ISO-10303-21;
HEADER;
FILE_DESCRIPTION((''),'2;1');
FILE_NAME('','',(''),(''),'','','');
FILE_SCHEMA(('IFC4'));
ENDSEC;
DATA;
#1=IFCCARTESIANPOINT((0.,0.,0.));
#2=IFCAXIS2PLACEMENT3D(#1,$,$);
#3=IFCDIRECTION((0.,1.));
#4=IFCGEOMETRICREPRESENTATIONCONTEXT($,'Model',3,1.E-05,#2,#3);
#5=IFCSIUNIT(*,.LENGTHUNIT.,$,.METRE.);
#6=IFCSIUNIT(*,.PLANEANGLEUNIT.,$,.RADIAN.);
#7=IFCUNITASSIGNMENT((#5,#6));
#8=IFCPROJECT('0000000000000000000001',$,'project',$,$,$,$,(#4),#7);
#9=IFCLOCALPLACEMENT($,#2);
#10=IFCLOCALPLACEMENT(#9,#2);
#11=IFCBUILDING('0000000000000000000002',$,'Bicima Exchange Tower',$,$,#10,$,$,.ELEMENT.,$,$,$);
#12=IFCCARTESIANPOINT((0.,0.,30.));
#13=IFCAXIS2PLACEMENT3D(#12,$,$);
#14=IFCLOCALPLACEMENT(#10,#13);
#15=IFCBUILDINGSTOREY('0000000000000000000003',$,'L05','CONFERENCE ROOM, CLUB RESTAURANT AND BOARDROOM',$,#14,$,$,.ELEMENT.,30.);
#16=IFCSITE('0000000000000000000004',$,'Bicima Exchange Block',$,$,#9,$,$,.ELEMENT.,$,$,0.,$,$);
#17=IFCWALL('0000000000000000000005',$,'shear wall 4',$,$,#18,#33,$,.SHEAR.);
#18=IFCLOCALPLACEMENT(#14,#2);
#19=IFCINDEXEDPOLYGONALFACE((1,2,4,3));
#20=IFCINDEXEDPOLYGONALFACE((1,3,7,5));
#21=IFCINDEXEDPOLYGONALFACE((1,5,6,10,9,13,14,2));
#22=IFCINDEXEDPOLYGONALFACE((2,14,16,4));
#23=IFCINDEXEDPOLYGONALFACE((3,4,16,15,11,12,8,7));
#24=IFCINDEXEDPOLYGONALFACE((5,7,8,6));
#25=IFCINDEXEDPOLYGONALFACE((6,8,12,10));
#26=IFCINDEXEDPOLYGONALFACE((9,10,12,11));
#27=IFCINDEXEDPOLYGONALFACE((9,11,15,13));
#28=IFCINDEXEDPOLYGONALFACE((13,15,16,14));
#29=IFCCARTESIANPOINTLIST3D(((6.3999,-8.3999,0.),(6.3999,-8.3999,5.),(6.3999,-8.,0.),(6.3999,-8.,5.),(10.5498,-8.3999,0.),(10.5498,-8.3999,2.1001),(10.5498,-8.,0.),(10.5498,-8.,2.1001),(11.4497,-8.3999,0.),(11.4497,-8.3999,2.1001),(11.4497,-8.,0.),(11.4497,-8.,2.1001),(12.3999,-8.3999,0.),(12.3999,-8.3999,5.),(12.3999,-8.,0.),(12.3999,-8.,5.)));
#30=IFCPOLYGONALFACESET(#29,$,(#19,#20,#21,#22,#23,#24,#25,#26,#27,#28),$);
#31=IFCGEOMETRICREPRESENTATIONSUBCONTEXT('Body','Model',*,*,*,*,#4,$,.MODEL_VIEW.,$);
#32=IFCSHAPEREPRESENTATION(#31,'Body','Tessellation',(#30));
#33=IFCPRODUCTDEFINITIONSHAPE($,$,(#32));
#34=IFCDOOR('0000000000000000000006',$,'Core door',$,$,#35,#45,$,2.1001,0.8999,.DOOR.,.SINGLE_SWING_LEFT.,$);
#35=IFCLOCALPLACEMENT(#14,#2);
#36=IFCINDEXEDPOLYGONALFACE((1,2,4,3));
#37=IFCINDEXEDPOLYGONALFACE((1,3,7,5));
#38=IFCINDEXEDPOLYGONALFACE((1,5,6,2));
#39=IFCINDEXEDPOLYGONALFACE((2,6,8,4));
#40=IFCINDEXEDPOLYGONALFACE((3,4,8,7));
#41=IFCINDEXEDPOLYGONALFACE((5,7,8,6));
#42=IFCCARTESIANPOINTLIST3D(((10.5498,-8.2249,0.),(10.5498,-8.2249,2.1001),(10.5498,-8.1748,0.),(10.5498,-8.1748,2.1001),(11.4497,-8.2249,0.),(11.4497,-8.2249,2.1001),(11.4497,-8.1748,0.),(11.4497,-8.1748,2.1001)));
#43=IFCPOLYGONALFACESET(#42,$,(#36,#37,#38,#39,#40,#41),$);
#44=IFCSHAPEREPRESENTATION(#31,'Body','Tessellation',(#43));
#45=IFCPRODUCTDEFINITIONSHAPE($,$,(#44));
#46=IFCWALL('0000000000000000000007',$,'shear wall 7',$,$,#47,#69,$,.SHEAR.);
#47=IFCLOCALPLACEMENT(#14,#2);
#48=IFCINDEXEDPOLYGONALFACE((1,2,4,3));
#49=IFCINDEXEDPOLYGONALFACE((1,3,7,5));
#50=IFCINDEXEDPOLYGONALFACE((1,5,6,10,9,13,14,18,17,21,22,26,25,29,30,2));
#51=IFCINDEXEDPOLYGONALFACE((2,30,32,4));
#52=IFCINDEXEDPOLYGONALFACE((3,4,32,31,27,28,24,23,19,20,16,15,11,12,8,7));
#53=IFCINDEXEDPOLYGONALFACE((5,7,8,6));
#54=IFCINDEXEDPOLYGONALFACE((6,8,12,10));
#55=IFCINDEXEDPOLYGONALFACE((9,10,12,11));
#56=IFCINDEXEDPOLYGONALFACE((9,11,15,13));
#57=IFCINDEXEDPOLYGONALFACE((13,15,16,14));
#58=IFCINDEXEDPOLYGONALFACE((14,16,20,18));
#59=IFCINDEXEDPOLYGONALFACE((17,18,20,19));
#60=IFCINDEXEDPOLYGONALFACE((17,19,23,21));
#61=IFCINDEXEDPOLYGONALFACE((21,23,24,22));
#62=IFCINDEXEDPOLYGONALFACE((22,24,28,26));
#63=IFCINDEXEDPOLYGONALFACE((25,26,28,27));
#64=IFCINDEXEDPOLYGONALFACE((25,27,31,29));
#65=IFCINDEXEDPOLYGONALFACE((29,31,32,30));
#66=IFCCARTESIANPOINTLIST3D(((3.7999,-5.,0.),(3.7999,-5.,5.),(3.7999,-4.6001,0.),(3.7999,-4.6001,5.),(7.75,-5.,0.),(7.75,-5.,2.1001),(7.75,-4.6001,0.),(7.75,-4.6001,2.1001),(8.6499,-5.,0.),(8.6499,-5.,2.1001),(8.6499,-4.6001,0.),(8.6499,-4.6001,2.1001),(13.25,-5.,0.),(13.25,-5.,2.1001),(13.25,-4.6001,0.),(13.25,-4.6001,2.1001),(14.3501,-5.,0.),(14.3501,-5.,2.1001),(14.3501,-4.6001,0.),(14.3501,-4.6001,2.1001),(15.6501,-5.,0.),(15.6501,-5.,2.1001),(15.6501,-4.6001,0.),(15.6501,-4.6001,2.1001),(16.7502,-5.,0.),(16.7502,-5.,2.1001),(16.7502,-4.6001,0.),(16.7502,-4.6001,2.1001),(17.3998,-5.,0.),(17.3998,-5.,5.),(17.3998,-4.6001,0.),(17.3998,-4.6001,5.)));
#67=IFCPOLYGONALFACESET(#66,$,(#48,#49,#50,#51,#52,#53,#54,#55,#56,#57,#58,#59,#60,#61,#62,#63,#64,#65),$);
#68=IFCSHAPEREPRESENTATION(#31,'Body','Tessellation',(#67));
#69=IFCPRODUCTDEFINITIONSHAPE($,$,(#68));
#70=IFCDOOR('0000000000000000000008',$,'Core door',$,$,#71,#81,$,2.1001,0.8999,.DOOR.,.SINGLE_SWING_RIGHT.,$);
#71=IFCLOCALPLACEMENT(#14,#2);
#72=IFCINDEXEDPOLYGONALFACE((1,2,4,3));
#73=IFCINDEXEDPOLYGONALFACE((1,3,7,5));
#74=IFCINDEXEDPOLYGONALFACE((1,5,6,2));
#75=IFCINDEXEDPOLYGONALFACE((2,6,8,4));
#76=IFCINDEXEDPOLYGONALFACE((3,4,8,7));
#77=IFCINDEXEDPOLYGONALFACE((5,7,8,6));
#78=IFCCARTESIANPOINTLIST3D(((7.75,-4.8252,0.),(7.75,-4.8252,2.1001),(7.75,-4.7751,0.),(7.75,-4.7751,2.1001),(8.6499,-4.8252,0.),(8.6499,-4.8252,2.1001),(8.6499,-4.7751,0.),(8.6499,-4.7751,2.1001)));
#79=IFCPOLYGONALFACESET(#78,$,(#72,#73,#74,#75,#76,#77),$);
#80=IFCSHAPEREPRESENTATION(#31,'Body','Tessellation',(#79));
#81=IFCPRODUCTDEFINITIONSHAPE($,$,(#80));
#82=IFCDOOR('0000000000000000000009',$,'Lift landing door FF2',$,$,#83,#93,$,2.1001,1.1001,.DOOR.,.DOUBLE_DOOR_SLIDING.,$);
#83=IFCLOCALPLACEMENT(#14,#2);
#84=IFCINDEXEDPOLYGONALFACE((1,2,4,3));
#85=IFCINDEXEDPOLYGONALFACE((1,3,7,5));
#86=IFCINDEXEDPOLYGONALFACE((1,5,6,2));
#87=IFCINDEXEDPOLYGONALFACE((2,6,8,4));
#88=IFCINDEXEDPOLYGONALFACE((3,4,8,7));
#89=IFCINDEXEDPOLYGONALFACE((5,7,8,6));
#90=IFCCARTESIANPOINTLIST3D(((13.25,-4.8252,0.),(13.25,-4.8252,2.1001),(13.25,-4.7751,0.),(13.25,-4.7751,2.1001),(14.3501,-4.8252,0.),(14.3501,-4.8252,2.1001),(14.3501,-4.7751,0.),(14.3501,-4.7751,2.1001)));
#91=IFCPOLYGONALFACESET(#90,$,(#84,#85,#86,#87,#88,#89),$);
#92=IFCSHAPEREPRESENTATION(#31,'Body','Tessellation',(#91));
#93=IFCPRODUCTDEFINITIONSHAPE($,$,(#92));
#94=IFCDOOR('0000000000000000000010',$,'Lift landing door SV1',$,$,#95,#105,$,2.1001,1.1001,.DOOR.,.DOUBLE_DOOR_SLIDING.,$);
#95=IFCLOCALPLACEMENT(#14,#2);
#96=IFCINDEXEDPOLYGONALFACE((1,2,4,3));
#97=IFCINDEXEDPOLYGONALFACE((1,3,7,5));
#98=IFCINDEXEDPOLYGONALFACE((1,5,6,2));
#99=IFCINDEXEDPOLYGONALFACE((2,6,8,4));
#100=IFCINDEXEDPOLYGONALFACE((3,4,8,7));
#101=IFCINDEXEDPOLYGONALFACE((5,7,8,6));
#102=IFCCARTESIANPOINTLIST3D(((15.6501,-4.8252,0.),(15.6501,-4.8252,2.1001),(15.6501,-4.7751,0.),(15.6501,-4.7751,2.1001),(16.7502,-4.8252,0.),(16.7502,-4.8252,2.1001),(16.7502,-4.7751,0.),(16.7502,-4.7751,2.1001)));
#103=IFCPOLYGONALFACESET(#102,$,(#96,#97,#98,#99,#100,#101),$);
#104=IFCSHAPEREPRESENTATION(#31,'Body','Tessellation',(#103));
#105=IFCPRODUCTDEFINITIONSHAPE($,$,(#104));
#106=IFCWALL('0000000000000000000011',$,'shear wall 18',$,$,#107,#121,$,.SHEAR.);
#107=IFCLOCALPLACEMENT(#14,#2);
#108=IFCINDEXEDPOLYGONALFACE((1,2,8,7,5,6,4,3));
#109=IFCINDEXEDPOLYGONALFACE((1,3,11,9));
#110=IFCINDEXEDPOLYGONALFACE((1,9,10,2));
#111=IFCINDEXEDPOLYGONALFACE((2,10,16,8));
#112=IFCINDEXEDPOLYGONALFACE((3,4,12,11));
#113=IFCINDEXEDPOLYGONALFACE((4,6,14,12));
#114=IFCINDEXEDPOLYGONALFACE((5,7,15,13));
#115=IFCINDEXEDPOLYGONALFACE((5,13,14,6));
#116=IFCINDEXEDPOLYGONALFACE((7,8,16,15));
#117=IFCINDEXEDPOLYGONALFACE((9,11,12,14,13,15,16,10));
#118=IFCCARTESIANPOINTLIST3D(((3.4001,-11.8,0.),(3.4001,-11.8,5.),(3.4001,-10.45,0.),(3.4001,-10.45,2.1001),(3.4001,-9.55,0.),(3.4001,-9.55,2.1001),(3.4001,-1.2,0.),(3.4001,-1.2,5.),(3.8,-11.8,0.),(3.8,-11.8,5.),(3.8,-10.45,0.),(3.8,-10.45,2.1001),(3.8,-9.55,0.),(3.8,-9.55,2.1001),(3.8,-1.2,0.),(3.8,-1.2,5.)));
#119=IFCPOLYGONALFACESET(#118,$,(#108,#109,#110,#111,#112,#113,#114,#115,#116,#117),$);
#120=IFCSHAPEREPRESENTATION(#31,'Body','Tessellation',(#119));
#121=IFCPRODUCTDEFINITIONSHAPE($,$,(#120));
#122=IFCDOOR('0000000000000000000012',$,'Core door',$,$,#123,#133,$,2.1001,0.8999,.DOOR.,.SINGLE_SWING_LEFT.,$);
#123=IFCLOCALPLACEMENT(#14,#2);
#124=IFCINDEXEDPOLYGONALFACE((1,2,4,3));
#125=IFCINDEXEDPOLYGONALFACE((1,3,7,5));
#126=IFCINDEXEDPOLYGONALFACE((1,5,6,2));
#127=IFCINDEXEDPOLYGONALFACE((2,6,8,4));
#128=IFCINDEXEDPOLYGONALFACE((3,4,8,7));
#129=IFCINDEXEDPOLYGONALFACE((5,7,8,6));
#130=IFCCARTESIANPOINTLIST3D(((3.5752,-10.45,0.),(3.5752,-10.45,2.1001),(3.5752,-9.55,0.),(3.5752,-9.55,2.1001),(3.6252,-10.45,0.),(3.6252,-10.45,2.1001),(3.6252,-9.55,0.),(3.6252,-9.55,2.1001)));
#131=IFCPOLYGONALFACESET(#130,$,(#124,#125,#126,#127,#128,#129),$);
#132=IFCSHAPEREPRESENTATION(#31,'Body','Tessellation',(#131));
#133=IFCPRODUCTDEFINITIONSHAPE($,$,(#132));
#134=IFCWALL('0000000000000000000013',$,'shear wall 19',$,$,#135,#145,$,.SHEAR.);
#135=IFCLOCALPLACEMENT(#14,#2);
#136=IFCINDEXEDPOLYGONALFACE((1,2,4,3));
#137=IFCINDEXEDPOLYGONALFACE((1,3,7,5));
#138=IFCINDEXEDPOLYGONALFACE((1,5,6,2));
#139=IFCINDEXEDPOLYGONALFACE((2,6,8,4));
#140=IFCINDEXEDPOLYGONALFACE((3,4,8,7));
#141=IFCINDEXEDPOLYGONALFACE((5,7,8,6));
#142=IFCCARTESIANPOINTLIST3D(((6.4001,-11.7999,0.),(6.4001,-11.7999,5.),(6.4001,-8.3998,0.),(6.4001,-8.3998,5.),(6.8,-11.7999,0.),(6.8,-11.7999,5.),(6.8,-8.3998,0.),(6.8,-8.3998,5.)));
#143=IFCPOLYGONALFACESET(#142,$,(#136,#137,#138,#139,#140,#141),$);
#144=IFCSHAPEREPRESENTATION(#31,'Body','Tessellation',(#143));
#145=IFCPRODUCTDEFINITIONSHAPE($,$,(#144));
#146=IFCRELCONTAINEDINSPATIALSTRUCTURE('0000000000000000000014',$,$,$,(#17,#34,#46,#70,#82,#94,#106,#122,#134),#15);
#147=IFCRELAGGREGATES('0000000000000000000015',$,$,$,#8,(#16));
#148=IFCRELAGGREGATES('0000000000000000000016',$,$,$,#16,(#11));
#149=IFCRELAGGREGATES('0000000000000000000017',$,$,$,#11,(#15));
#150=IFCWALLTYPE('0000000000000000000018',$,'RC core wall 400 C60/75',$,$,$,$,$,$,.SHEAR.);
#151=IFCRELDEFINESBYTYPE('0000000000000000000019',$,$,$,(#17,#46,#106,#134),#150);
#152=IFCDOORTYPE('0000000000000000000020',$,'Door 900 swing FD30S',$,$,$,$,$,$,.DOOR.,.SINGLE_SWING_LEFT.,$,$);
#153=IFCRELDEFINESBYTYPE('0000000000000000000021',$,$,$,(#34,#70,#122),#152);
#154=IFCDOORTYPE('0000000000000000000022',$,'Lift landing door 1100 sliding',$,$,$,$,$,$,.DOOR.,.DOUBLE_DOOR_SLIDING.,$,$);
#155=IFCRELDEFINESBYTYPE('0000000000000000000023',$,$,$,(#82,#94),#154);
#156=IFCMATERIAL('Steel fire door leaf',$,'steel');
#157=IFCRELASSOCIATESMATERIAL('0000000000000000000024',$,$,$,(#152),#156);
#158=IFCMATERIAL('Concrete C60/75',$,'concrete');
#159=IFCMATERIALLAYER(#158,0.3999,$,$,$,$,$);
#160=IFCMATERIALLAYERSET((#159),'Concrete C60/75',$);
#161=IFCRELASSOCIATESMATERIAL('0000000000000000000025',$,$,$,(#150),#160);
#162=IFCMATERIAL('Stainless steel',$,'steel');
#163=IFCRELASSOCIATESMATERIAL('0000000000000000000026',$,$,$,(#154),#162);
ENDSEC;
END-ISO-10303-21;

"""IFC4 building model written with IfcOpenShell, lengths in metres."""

from ifc_helpers import new_model, si_unit, direction, frame, frame_2d, origin, place, context, subcontext, project, spatial, rectangle, extrude, material, layer, layer_set, type_object, element, fill, save


model = new_model("IFC4")

# Units and contexts
model_context = context("Model", 3, precision=1e-05, world=origin(), true_north=direction((0.0, 1.0)))
body_context = subcontext(model_context, "Body", "Model", "MODEL_VIEW")
ifc_project = project(units=[si_unit("LENGTHUNIT", "METRE"), si_unit("PLANEANGLEUNIT", "RADIAN")], contexts=[model_context])

# Site, building, storey
site_placement = place(None, origin())
site = spatial("IfcSite", under=ifc_project, at=site_placement, Name="Bicima Exchange Block", CompositionType="ELEMENT", RefElevation=0.0)
building_placement = place(site_placement, origin())
building = spatial("IfcBuilding", under=site, at=building_placement, Name="Bicima Exchange Tower", CompositionType="ELEMENT")
storey_placement = place(building_placement, frame((0.0, 0.0, 30.0)))
storey = spatial("IfcBuildingStorey", under=building, at=storey_placement, Name="L05", Description="CONFERENCE ROOM, CLUB RESTAURANT AND BOARDROOM", CompositionType="ELEMENT", Elevation=30.0)

# Shared definitions
ifc_material_1 = material(Name="Steel fire door leaf", Category="steel")
door_type_1 = type_object("IfcDoorType", Name="Door 900 swing FD30S", OperationType="SINGLE_SWING_LEFT", PredefinedType="DOOR", material=ifc_material_1)

# Wall, opening, door
ifc_material_2 = material(Name="Concrete C60/75", Category="concrete")
ifc_layer_1 = layer(ifc_material_2, 0.3999)
ifc_layer_set_1 = layer_set([ifc_layer_1], Name="Concrete C60/75")
wall_type_1 = type_object("IfcWallType", Name="RC core wall 400 C60/75", PredefinedType="SHEAR", material=ifc_layer_set_1)
wall_1_placement = place(storey_placement, frame((6.3999, -8.2, 0.0), z_axis=(0.0, 0.0, 1.0), x_axis=(1.0, 0.0, 0.0)))
wall_1 = element("IfcWall", 1, at=wall_1_placement, inside=storey, type_object=wall_type_1, Name="shear wall 4", PredefinedType="SHEAR", context=body_context, shape_type="SweptSolid", body=[
    extrude(rectangle(XDim=6.0, YDim=0.3999, at=frame_2d((3.0, 0.0))), origin(), (0.0, 0.0, 1.0), 5.0),
])
opening_1_placement = place(wall_1_placement, frame((4.1499, 0.0, 0.0)))
opening_1 = element("IfcOpeningElement", 2, at=opening_1_placement, cuts=wall_1, PredefinedType="OPENING", context=body_context, shape_type="SweptSolid", body=[
    extrude(rectangle(XDim=0.8999, YDim=2.1001, at=frame_2d((0.45, 1.05))), frame((0.0, 0.2119, 0.0), z_axis=(0.0, -1.0, 0.0), x_axis=(1.0, 0.0, 0.0)), (0.0, 0.0, 1.0), 0.4238),
])
door_1_placement = place(opening_1_placement, frame((0.8999, 0.0, 0.0), z_axis=(0.0, 0.0, 1.0), x_axis=(-1.0, 0.0, 0.0)))
door_1 = element("IfcDoor", 3, at=door_1_placement, inside=storey, type_object=door_type_1, Name="Core door", OperationType="SINGLE_SWING_LEFT", OverallHeight=2.1001, OverallWidth=0.8999, PredefinedType="DOOR", context=body_context, shape_type="SweptSolid", body=[
    extrude(rectangle(XDim=0.8999, YDim=2.1001, at=frame_2d((0.45, 1.05))), frame((0.0, 0.0249, 0.0), z_axis=(0.0, -1.0, 0.0), x_axis=(1.0, 0.0, 0.0)), (0.0, 0.0, 1.0), 0.05),
])
fill(opening_1, door_1)

# Wall, openings, doors
wall_2_placement = place(storey_placement, frame((3.8, -4.8, 0.0), z_axis=(0.0, 0.0, 1.0), x_axis=(1.0, 0.0, 0.0)))
wall_2 = element("IfcWall", 4, at=wall_2_placement, inside=storey, type_object=wall_type_1, Name="shear wall 7", PredefinedType="SHEAR", context=body_context, shape_type="SweptSolid", body=[
    extrude(rectangle(XDim=13.5999, YDim=0.3999, at=frame_2d((6.7998, 0.0))), origin(), (0.0, 0.0, 1.0), 5.0),
])
opening_2_placement = place(wall_2_placement, frame((9.45, 0.0, 0.0)))
opening_2 = element("IfcOpeningElement", 5, at=opening_2_placement, cuts=wall_2, PredefinedType="OPENING", context=body_context, shape_type="SweptSolid", body=[
    extrude(rectangle(XDim=1.1001, YDim=2.1001, at=frame_2d((0.55, 1.05))), frame((0.0, 0.2119, 0.0), z_axis=(0.0, -1.0, 0.0), x_axis=(1.0, 0.0, 0.0)), (0.0, 0.0, 1.0), 0.4238),
])
opening_3_placement = place(wall_2_placement, frame((11.8501, 0.0, 0.0)))
opening_3 = element("IfcOpeningElement", 6, at=opening_3_placement, cuts=wall_2, PredefinedType="OPENING", context=body_context, shape_type="SweptSolid", body=[
    extrude(rectangle(XDim=1.1001, YDim=2.1001, at=frame_2d((0.55, 1.05))), frame((0.0, 0.2119, 0.0), z_axis=(0.0, -1.0, 0.0), x_axis=(1.0, 0.0, 0.0)), (0.0, 0.0, 1.0), 0.4238),
])
opening_4_placement = place(wall_2_placement, frame((3.95, 0.0, 0.0)))
opening_4 = element("IfcOpeningElement", 7, at=opening_4_placement, cuts=wall_2, PredefinedType="OPENING", context=body_context, shape_type="SweptSolid", body=[
    extrude(rectangle(XDim=0.8999, YDim=2.1001, at=frame_2d((0.45, 1.05))), frame((0.0, 0.2119, 0.0), z_axis=(0.0, -1.0, 0.0), x_axis=(1.0, 0.0, 0.0)), (0.0, 0.0, 1.0), 0.4238),
])
door_2_placement = place(opening_4_placement, origin())
door_2 = element("IfcDoor", 8, at=door_2_placement, inside=storey, type_object=door_type_1, Name="Core door", OperationType="SINGLE_SWING_RIGHT", OverallHeight=2.1001, OverallWidth=0.8999, PredefinedType="DOOR", context=body_context, shape_type="SweptSolid", body=[
    extrude(rectangle(XDim=0.8999, YDim=2.1001, at=frame_2d((0.45, 1.05))), frame((0.0, 0.0249, 0.0), z_axis=(0.0, -1.0, 0.0), x_axis=(1.0, 0.0, 0.0)), (0.0, 0.0, 1.0), 0.05),
])
fill(opening_4, door_2)
ifc_material_3 = material(Name="Stainless steel", Category="steel")
door_type_2 = type_object("IfcDoorType", Name="Lift landing door 1100 sliding", OperationType="DOUBLE_DOOR_SLIDING", PredefinedType="DOOR", material=ifc_material_3)
door_3_placement = place(opening_2_placement, origin())
door_3 = element("IfcDoor", 9, at=door_3_placement, inside=storey, type_object=door_type_2, Name="Lift landing door FF2", OperationType="DOUBLE_DOOR_SLIDING", OverallHeight=2.1001, OverallWidth=1.1001, PredefinedType="DOOR", context=body_context, shape_type="SweptSolid", body=[
    extrude(rectangle(XDim=1.1001, YDim=2.1001, at=frame_2d((0.55, 1.05))), frame((0.0, 0.0249, 0.0), z_axis=(0.0, -1.0, 0.0), x_axis=(1.0, 0.0, 0.0)), (0.0, 0.0, 1.0), 0.05),
])
fill(opening_2, door_3)
door_4_placement = place(opening_3_placement, origin())
door_4 = element("IfcDoor", 10, at=door_4_placement, inside=storey, type_object=door_type_2, Name="Lift landing door SV1", OperationType="DOUBLE_DOOR_SLIDING", OverallHeight=2.1001, OverallWidth=1.1001, PredefinedType="DOOR", context=body_context, shape_type="SweptSolid", body=[
    extrude(rectangle(XDim=1.1001, YDim=2.1001, at=frame_2d((0.55, 1.05))), frame((0.0, 0.0249, 0.0), z_axis=(0.0, -1.0, 0.0), x_axis=(1.0, 0.0, 0.0)), (0.0, 0.0, 1.0), 0.05),
])
fill(opening_3, door_4)

# Wall, opening, door
wall_3_placement = place(storey_placement, frame((3.6001, -11.8, 0.0), z_axis=(0.0, 0.0, 1.0), x_axis=(0.0, 1.0, 0.0)))
wall_3 = element("IfcWall", 11, at=wall_3_placement, inside=storey, type_object=wall_type_1, Name="shear wall 18", PredefinedType="SHEAR", context=body_context, shape_type="SweptSolid", body=[
    extrude(rectangle(XDim=10.6001, YDim=0.3999, at=frame_2d((5.3, 0.0))), origin(), (0.0, 0.0, 1.0), 5.0),
])
opening_5_placement = place(wall_3_placement, frame((1.3501, 0.0, 0.0)))
opening_5 = element("IfcOpeningElement", 12, at=opening_5_placement, cuts=wall_3, PredefinedType="OPENING", context=body_context, shape_type="SweptSolid", body=[
    extrude(rectangle(XDim=0.8999, YDim=2.1001, at=frame_2d((0.45, 1.05))), frame((0.0, 0.2119, 0.0), z_axis=(0.0, -1.0, 0.0), x_axis=(1.0, 0.0, 0.0)), (0.0, 0.0, 1.0), 0.4238),
])
door_5_placement = place(opening_5_placement, origin())
door_5 = element("IfcDoor", 13, at=door_5_placement, inside=storey, type_object=door_type_1, Name="Core door", OperationType="SINGLE_SWING_LEFT", OverallHeight=2.1001, OverallWidth=0.8999, PredefinedType="DOOR", context=body_context, shape_type="SweptSolid", body=[
    extrude(rectangle(XDim=0.8999, YDim=2.1001, at=frame_2d((0.45, 1.05))), frame((0.0, 0.0249, 0.0), z_axis=(0.0, -1.0, 0.0), x_axis=(1.0, 0.0, 0.0)), (0.0, 0.0, 1.0), 0.05),
])
fill(opening_5, door_5)

# Wall
wall_4_placement = place(storey_placement, frame((6.6001, -11.8, 0.0), z_axis=(0.0, 0.0, 1.0), x_axis=(0.0, 1.0, 0.0)))
element("IfcWall", 14, at=wall_4_placement, inside=storey, type_object=wall_type_1, Name="shear wall 19", PredefinedType="SHEAR", context=body_context, shape_type="SweptSolid", body=[
    extrude(rectangle(XDim=3.4001, YDim=0.3999, at=frame_2d((1.7002, 0.0))), origin(), (0.0, 0.0, 1.0), 5.0),
])

save(model, "model.ifc")
